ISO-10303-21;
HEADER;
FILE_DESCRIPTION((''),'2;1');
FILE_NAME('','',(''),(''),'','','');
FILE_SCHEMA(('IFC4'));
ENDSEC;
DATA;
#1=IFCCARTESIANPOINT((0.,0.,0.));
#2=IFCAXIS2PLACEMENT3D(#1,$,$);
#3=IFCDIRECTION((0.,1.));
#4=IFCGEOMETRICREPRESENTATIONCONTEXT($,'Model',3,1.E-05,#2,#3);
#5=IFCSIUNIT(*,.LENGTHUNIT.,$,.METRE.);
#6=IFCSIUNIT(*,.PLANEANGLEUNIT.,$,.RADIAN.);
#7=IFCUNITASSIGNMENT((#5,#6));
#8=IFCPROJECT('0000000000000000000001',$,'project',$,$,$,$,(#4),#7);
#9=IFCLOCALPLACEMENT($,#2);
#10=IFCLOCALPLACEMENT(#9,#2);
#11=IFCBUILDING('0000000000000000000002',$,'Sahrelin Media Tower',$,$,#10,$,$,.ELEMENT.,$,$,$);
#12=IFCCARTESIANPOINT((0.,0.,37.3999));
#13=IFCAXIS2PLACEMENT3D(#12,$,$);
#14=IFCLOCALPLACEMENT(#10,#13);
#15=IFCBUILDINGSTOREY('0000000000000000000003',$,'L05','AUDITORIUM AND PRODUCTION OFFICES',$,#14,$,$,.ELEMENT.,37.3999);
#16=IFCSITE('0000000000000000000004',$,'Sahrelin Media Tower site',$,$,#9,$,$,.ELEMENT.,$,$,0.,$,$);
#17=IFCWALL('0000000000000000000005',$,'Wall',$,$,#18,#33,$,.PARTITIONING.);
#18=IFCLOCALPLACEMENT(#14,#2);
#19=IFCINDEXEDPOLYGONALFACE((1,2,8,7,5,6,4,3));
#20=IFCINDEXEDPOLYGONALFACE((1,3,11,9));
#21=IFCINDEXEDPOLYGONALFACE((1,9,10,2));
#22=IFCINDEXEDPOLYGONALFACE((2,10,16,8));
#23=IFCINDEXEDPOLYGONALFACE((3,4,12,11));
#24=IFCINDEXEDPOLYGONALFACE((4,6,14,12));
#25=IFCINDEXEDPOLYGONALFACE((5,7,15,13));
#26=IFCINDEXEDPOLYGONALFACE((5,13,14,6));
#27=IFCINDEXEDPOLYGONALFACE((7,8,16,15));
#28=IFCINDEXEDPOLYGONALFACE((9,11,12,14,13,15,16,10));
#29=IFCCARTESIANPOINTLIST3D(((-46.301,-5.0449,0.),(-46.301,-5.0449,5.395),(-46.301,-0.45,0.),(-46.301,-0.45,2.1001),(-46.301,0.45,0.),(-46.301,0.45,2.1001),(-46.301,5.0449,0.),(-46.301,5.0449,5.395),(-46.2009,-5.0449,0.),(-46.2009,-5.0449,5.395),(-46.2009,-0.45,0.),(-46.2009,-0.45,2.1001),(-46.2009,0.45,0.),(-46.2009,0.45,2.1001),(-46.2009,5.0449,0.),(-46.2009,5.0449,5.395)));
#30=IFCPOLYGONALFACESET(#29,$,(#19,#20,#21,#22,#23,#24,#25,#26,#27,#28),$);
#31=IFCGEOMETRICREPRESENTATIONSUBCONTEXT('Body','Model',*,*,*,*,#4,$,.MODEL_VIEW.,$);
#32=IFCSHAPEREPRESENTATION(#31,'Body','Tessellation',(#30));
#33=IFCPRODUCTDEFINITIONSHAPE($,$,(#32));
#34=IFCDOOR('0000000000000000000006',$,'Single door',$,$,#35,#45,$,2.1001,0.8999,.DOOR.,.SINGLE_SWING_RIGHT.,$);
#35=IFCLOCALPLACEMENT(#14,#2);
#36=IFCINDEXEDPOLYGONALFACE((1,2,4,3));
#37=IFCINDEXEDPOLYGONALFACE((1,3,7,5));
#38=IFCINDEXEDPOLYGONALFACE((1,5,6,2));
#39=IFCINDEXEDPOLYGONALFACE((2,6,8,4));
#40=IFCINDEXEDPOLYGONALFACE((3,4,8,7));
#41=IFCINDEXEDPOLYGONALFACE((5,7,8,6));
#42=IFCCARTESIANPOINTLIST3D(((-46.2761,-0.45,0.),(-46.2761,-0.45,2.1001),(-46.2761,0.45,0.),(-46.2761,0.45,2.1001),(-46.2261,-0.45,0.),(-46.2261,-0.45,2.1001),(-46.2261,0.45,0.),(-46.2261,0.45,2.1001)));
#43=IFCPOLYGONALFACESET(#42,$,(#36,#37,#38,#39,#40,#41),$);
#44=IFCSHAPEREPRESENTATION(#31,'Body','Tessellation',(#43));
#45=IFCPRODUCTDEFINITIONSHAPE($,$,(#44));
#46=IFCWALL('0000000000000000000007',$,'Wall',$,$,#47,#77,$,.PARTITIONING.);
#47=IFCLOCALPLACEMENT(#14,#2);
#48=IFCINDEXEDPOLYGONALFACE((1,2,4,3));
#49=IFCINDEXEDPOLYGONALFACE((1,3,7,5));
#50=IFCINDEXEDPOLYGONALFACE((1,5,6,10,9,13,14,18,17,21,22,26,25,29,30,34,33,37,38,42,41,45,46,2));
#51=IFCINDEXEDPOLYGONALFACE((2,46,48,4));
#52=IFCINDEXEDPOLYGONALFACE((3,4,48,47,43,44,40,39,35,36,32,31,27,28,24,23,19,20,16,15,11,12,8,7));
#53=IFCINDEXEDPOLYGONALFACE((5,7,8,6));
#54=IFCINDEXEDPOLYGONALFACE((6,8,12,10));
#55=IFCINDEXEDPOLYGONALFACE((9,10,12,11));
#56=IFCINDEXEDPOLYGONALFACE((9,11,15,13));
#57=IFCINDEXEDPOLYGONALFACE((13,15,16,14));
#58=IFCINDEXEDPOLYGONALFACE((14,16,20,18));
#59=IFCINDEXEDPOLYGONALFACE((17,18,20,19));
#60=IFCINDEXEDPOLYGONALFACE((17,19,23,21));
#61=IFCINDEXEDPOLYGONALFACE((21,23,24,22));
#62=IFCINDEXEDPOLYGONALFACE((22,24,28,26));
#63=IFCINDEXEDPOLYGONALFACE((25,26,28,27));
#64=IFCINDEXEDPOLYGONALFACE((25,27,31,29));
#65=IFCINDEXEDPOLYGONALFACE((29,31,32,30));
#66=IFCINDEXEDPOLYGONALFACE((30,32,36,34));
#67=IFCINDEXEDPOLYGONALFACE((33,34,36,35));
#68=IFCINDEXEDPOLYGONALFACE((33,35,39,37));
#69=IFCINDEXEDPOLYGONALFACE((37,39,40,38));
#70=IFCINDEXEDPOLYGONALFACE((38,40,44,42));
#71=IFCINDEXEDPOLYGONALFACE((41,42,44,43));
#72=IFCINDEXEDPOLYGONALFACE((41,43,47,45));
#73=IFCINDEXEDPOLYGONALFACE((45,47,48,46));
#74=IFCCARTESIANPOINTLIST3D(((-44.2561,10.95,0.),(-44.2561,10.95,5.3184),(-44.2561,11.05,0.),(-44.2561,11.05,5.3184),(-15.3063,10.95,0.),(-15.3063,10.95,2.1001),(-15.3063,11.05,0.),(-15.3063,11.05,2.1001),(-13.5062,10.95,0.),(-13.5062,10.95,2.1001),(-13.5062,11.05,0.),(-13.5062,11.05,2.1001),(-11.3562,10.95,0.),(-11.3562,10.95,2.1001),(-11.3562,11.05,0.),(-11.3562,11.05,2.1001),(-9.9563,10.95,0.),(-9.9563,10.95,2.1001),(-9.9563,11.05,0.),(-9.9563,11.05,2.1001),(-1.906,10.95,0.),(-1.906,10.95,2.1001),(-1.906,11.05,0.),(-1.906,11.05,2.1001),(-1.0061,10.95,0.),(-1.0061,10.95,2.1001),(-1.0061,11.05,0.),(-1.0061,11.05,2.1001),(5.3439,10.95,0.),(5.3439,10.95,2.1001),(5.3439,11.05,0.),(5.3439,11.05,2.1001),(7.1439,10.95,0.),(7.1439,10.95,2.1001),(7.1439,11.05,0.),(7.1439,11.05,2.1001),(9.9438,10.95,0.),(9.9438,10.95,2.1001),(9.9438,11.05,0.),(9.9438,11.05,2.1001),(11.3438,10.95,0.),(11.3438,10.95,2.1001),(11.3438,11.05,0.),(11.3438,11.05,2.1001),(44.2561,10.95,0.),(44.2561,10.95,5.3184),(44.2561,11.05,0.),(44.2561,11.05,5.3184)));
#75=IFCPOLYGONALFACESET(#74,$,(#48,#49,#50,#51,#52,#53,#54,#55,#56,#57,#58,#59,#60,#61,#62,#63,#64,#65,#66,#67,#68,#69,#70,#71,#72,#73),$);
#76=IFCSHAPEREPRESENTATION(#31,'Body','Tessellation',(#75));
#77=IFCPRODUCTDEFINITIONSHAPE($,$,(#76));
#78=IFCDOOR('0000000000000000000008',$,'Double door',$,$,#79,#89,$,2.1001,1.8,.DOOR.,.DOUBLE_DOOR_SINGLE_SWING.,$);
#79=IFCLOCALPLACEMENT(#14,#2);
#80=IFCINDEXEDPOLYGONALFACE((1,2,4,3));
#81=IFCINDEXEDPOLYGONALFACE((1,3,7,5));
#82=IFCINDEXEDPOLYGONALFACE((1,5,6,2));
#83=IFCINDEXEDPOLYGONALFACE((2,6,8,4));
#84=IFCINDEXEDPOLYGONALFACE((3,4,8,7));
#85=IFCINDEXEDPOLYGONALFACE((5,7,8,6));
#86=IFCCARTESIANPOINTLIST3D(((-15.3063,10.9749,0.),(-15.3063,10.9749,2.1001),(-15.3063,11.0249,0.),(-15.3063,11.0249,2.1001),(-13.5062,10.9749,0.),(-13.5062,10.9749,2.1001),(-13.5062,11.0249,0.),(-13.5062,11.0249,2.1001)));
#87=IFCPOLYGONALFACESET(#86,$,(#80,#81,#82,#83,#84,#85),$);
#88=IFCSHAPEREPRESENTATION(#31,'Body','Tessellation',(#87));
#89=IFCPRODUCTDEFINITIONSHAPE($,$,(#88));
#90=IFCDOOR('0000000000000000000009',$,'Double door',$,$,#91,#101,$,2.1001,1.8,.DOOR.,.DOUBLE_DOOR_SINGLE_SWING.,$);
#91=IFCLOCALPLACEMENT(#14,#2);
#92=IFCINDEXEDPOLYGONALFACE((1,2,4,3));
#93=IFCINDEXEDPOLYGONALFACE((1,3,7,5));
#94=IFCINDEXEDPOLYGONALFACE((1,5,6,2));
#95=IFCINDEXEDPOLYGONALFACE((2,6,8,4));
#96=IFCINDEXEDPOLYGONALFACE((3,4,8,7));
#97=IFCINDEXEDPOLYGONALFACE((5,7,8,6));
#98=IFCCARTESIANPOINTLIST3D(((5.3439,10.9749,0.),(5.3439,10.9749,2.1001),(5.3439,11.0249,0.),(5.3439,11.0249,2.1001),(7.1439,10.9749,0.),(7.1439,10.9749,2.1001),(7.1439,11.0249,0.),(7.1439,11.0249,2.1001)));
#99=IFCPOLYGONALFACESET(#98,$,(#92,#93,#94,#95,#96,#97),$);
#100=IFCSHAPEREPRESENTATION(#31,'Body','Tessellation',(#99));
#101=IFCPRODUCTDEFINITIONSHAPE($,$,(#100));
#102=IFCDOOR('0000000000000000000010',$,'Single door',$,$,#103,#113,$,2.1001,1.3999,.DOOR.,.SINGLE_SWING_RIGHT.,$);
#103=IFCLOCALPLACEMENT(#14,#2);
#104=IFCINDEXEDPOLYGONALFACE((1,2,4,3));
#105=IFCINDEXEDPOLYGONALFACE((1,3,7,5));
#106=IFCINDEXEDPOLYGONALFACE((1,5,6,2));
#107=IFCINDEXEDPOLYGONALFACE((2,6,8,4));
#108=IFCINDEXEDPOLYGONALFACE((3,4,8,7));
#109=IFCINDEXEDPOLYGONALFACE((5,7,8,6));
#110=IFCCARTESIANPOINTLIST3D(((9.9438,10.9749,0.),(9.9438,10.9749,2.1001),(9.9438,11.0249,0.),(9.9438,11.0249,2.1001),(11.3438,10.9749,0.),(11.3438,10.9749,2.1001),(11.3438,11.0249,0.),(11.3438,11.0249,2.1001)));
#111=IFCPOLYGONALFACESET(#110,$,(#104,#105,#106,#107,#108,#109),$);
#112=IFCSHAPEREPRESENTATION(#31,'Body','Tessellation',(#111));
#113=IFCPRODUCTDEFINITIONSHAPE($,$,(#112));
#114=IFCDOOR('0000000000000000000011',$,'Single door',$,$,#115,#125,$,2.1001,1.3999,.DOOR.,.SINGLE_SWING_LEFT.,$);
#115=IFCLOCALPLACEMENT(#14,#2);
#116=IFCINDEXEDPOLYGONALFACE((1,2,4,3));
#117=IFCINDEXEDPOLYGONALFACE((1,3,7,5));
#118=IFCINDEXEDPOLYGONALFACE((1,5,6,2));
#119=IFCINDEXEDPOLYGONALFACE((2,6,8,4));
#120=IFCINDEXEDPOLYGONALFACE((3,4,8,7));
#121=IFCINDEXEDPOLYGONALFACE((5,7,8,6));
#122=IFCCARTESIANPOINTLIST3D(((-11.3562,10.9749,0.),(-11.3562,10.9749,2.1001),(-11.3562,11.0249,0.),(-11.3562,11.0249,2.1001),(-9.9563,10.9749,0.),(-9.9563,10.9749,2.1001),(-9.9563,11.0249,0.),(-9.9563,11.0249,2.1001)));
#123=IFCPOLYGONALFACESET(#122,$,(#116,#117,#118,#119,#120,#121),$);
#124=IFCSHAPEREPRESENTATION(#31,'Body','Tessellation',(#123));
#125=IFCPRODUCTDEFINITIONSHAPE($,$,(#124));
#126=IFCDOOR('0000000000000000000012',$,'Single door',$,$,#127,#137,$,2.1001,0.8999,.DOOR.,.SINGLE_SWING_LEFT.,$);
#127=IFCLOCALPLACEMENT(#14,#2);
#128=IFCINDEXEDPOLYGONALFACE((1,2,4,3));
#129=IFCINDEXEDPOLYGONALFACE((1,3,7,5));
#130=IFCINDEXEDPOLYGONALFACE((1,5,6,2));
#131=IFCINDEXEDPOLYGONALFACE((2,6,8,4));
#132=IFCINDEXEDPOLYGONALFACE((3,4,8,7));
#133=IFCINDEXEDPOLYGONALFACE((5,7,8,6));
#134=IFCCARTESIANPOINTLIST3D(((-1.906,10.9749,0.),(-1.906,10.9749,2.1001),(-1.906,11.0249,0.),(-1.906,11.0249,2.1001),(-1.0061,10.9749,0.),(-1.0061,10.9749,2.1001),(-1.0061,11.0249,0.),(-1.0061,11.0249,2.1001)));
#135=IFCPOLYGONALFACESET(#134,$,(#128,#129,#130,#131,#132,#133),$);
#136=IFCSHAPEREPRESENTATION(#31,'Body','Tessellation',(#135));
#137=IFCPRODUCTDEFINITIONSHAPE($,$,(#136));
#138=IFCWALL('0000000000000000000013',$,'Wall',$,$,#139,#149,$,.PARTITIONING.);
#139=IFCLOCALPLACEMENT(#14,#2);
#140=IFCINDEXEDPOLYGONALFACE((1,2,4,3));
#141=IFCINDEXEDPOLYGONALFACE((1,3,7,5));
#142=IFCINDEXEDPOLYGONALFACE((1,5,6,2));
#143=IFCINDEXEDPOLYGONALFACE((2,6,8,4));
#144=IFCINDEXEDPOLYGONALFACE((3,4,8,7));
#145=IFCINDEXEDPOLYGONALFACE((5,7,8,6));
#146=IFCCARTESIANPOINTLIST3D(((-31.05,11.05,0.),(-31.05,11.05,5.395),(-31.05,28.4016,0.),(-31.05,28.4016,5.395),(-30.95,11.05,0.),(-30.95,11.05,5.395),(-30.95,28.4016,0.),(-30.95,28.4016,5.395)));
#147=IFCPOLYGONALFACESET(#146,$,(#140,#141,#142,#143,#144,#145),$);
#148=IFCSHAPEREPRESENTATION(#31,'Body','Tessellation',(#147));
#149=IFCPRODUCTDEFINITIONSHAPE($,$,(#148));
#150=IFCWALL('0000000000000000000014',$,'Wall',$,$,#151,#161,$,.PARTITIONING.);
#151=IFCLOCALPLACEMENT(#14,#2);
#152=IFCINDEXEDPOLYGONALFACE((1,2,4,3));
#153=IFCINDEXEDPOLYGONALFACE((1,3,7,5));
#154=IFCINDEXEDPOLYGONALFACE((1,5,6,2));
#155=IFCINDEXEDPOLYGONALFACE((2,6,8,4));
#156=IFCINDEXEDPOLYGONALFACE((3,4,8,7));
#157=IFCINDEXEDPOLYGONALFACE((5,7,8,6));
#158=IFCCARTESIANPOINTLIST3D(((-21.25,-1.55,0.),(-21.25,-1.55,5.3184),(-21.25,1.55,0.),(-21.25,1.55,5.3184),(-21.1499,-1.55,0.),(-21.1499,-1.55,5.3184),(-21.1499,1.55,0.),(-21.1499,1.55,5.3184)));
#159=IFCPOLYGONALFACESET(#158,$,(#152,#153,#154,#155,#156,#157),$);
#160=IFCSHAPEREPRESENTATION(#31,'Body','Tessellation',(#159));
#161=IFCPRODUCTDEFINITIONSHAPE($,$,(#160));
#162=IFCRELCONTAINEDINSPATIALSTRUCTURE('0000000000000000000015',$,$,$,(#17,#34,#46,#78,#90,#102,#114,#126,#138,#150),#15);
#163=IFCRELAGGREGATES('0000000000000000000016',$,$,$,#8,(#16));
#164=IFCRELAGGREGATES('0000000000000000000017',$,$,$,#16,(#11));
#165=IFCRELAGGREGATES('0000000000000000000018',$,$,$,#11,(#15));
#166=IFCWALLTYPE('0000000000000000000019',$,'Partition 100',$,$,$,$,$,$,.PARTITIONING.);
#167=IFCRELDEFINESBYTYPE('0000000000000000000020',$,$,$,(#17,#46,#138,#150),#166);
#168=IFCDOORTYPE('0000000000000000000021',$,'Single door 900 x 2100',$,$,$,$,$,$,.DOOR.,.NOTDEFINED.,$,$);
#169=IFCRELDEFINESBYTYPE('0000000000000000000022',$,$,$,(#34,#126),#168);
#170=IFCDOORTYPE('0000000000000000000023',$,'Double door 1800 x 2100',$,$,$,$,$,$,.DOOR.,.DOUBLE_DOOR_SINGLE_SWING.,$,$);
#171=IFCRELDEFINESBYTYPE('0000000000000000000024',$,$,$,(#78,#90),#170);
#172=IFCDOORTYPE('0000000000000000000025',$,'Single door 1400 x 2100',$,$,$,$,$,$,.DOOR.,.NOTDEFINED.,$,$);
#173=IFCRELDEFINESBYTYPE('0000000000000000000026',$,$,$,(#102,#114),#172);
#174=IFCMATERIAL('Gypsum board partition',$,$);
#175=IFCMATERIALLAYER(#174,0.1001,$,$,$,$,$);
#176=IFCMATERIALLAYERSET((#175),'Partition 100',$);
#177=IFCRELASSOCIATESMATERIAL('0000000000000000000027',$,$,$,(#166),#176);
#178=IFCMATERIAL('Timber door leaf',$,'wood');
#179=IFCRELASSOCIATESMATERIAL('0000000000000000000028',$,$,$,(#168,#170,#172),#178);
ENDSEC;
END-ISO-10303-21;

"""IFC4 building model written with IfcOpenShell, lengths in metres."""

from ifc_helpers import new_model, si_unit, direction, frame, frame_2d, origin, place, context, subcontext, project, spatial, rectangle, extrude, material, layer, layer_set, type_object, element, fill, save


model = new_model("IFC4")

# Units and contexts
model_context = context("Model", 3, precision=1e-05, world=origin(), true_north=direction((0.0, 1.0)))
body_context = subcontext(model_context, "Body", "Model", "MODEL_VIEW")
ifc_project = project(units=[si_unit("LENGTHUNIT", "METRE"), si_unit("PLANEANGLEUNIT", "RADIAN")], contexts=[model_context])

# Site, building, storey
site_placement = place(None, origin())
site = spatial("IfcSite", under=ifc_project, at=site_placement, Name="Sahrelin Media Tower site", CompositionType="ELEMENT", RefElevation=0.0)
building_placement = place(site_placement, origin())
building = spatial("IfcBuilding", under=site, at=building_placement, Name="Sahrelin Media Tower", CompositionType="ELEMENT")
storey_placement = place(building_placement, frame((0.0, 0.0, 37.3999)))
storey = spatial("IfcBuildingStorey", under=building, at=storey_placement, Name="L05", Description="AUDITORIUM AND PRODUCTION OFFICES", CompositionType="ELEMENT", Elevation=37.3999)

# Shared definitions
ifc_material_1 = material(Name="Gypsum board partition")
ifc_layer_1 = layer(ifc_material_1, 0.1001)
ifc_layer_set_1 = layer_set([ifc_layer_1], Name="Partition 100")
wall_type = type_object("IfcWallType", Name="Partition 100", PredefinedType="PARTITIONING", material=ifc_layer_set_1)

# Wall, opening, door
wall_1_placement = place(storey_placement, frame((-46.251, 5.0449, 0.0), z_axis=(0.0, 0.0, 1.0), x_axis=(0.0, -1.0, 0.0)))
wall_1 = element("IfcWall", 1, at=wall_1_placement, inside=storey, type_object=wall_type, Name="Wall", PredefinedType="PARTITIONING", context=body_context, shape_type="SweptSolid", body=[
    extrude(rectangle(XDim=10.0898, YDim=0.1001, at=frame_2d((5.0449, 0.0))), origin(), (0.0, 0.0, 1.0), 5.395),
])
opening_1_placement = place(wall_1_placement, frame((4.595, 0.0, 0.0)))
opening_1 = element("IfcOpeningElement", 2, at=opening_1_placement, cuts=wall_1, PredefinedType="OPENING", context=body_context, shape_type="SweptSolid", body=[
    extrude(rectangle(XDim=0.8999, YDim=2.1001, at=frame_2d((0.45, 1.05))), frame((0.0, 0.05, 0.0), z_axis=(0.0, -1.0, 0.0), x_axis=(1.0, 0.0, 0.0)), (0.0, 0.0, 1.0), 0.1001),
])
ifc_material_2 = material(Name="Timber door leaf", Category="wood")
door_type_1 = type_object("IfcDoorType", Name="Single door 900 x 2100", OperationType="NOTDEFINED", PredefinedType="DOOR", material=ifc_material_2)
door_1_placement = place(opening_1_placement, origin())
door_1 = element("IfcDoor", 3, at=door_1_placement, inside=storey, type_object=door_type_1, Name="Single door", OperationType="SINGLE_SWING_RIGHT", OverallHeight=2.1001, OverallWidth=0.8999, PredefinedType="DOOR", context=body_context, shape_type="SweptSolid", body=[
    extrude(rectangle(XDim=0.8999, YDim=2.1001, at=frame_2d((0.45, 1.05))), frame((0.0, 0.0249, 0.0), z_axis=(0.0, -1.0, 0.0), x_axis=(1.0, 0.0, 0.0)), (0.0, 0.0, 1.0), 0.05),
])
fill(opening_1, door_1)

# Wall, openings, doors
wall_2_placement = place(storey_placement, frame((-44.2561, 11.0, 0.0), z_axis=(0.0, 0.0, 1.0), x_axis=(1.0, 0.0, 0.0)))
wall_2 = element("IfcWall", 4, at=wall_2_placement, inside=storey, type_object=wall_type, Name="Wall", PredefinedType="PARTITIONING", context=body_context, shape_type="SweptSolid", body=[
    extrude(rectangle(XDim=88.5122, YDim=0.1001, at=frame_2d((44.2561, 0.0))), origin(), (0.0, 0.0, 1.0), 5.3184),
])
opening_2_placement = place(wall_2_placement, frame((54.2, 0.0, 0.0)))
opening_2 = element("IfcOpeningElement", 5, at=opening_2_placement, cuts=wall_2, PredefinedType="OPENING", context=body_context, shape_type="SweptSolid", body=[
    extrude(rectangle(XDim=1.3999, YDim=2.1001, at=frame_2d((0.7, 1.05))), frame((0.0, 0.05, 0.0), z_axis=(0.0, -1.0, 0.0), x_axis=(1.0, 0.0, 0.0)), (0.0, 0.0, 1.0), 0.1001),
])
opening_3_placement = place(wall_2_placement, frame((32.8999, 0.0, 0.0)))
opening_3 = element("IfcOpeningElement", 6, at=opening_3_placement, cuts=wall_2, PredefinedType="OPENING", context=body_context, shape_type="SweptSolid", body=[
    extrude(rectangle(XDim=1.3999, YDim=2.1001, at=frame_2d((0.7, 1.05))), frame((0.0, 0.05, 0.0), z_axis=(0.0, -1.0, 0.0), x_axis=(1.0, 0.0, 0.0)), (0.0, 0.0, 1.0), 0.1001),
])
opening_4_placement = place(wall_2_placement, frame((28.95, 0.0, 0.0)))
opening_4 = element("IfcOpeningElement", 7, at=opening_4_placement, cuts=wall_2, PredefinedType="OPENING", context=body_context, shape_type="SweptSolid", body=[
    extrude(rectangle(XDim=1.8, YDim=2.1001, at=frame_2d((0.8999, 1.05))), frame((0.0, 0.05, 0.0), z_axis=(0.0, -1.0, 0.0), x_axis=(1.0, 0.0, 0.0)), (0.0, 0.0, 1.0), 0.1001),
])
opening_5_placement = place(wall_2_placement, frame((42.3501, 0.0, 0.0)))
opening_5 = element("IfcOpeningElement", 8, at=opening_5_placement, cuts=wall_2, PredefinedType="OPENING", context=body_context, shape_type="SweptSolid", body=[
    extrude(rectangle(XDim=0.8999, YDim=2.1001, at=frame_2d((0.45, 1.05))), frame((0.0, 0.05, 0.0), z_axis=(0.0, -1.0, 0.0), x_axis=(1.0, 0.0, 0.0)), (0.0, 0.0, 1.0), 0.1001),
])
opening_6_placement = place(wall_2_placement, frame((49.6001, 0.0, 0.0)))
opening_6 = element("IfcOpeningElement", 9, at=opening_6_placement, cuts=wall_2, PredefinedType="OPENING", context=body_context, shape_type="SweptSolid", body=[
    extrude(rectangle(XDim=1.8, YDim=2.1001, at=frame_2d((0.8999, 1.05))), frame((0.0, 0.05, 0.0), z_axis=(0.0, -1.0, 0.0), x_axis=(1.0, 0.0, 0.0)), (0.0, 0.0, 1.0), 0.1001),
])
door_type_2 = type_object("IfcDoorType", Name="Double door 1800 x 2100", OperationType="DOUBLE_DOOR_SINGLE_SWING", PredefinedType="DOOR", material=ifc_material_2)
door_2_placement = place(opening_4_placement, origin())
door_2 = element("IfcDoor", 10, at=door_2_placement, inside=storey, type_object=door_type_2, Name="Double door", OperationType="DOUBLE_DOOR_SINGLE_SWING", OverallHeight=2.1001, OverallWidth=1.8, PredefinedType="DOOR", context=body_context, shape_type="SweptSolid", body=[
    extrude(rectangle(XDim=1.8, YDim=2.1001, at=frame_2d((0.8999, 1.05))), frame((0.0, 0.0249, 0.0), z_axis=(0.0, -1.0, 0.0), x_axis=(1.0, 0.0, 0.0)), (0.0, 0.0, 1.0), 0.05),
])
fill(opening_4, door_2)
door_3_placement = place(opening_6_placement, origin())
door_3 = element("IfcDoor", 11, at=door_3_placement, inside=storey, type_object=door_type_2, Name="Double door", OperationType="DOUBLE_DOOR_SINGLE_SWING", OverallHeight=2.1001, OverallWidth=1.8, PredefinedType="DOOR", context=body_context, shape_type="SweptSolid", body=[
    extrude(rectangle(XDim=1.8, YDim=2.1001, at=frame_2d((0.8999, 1.05))), frame((0.0, 0.0249, 0.0), z_axis=(0.0, -1.0, 0.0), x_axis=(1.0, 0.0, 0.0)), (0.0, 0.0, 1.0), 0.05),
])
fill(opening_6, door_3)
door_type_3 = type_object("IfcDoorType", Name="Single door 1400 x 2100", OperationType="NOTDEFINED", PredefinedType="DOOR", material=ifc_material_2)
door_4_placement = place(opening_2_placement, origin())
door_4 = element("IfcDoor", 12, at=door_4_placement, inside=storey, type_object=door_type_3, Name="Single door", OperationType="SINGLE_SWING_RIGHT", OverallHeight=2.1001, OverallWidth=1.3999, PredefinedType="DOOR", context=body_context, shape_type="SweptSolid", body=[
    extrude(rectangle(XDim=1.3999, YDim=2.1001, at=frame_2d((0.7, 1.05))), frame((0.0, 0.0249, 0.0), z_axis=(0.0, -1.0, 0.0), x_axis=(1.0, 0.0, 0.0)), (0.0, 0.0, 1.0), 0.05),
])
fill(opening_2, door_4)
door_5_placement = place(opening_3_placement, origin())
door_5 = element("IfcDoor", 13, at=door_5_placement, inside=storey, type_object=door_type_3, Name="Single door", OperationType="SINGLE_SWING_LEFT", OverallHeight=2.1001, OverallWidth=1.3999, PredefinedType="DOOR", context=body_context, shape_type="SweptSolid", body=[
    extrude(rectangle(XDim=1.3999, YDim=2.1001, at=frame_2d((0.7, 1.05))), frame((0.0, 0.0249, 0.0), z_axis=(0.0, -1.0, 0.0), x_axis=(1.0, 0.0, 0.0)), (0.0, 0.0, 1.0), 0.05),
])
fill(opening_3, door_5)
door_6_placement = place(opening_5_placement, origin())
door_6 = element("IfcDoor", 14, at=door_6_placement, inside=storey, type_object=door_type_1, Name="Single door", OperationType="SINGLE_SWING_LEFT", OverallHeight=2.1001, OverallWidth=0.8999, PredefinedType="DOOR", context=body_context, shape_type="SweptSolid", body=[
    extrude(rectangle(XDim=0.8999, YDim=2.1001, at=frame_2d((0.45, 1.05))), frame((0.0, 0.0249, 0.0), z_axis=(0.0, -1.0, 0.0), x_axis=(1.0, 0.0, 0.0)), (0.0, 0.0, 1.0), 0.05),
])
fill(opening_5, door_6)

# Walls
wall_3_placement = place(storey_placement, frame((-31.0, 11.05, 0.0), z_axis=(0.0, 0.0, 1.0), x_axis=(0.0, 1.0, 0.0)))
element("IfcWall", 15, at=wall_3_placement, inside=storey, type_object=wall_type, Name="Wall", PredefinedType="PARTITIONING", context=body_context, shape_type="SweptSolid", body=[
    extrude(rectangle(XDim=17.3516, YDim=0.1001, at=frame_2d((8.6758, 0.0))), origin(), (0.0, 0.0, 1.0), 5.395),
])
wall_4_placement = place(storey_placement, frame((-21.2, 1.55, 0.0), z_axis=(0.0, 0.0, 1.0), x_axis=(0.0, -1.0, 0.0)))
element("IfcWall", 16, at=wall_4_placement, inside=storey, type_object=wall_type, Name="Wall", PredefinedType="PARTITIONING", context=body_context, shape_type="SweptSolid", body=[
    extrude(rectangle(XDim=3.1001, YDim=0.1001, at=frame_2d((1.55, 0.0))), origin(), (0.0, 0.0, 1.0), 5.3184),
])

save(model, "model.ifc")
